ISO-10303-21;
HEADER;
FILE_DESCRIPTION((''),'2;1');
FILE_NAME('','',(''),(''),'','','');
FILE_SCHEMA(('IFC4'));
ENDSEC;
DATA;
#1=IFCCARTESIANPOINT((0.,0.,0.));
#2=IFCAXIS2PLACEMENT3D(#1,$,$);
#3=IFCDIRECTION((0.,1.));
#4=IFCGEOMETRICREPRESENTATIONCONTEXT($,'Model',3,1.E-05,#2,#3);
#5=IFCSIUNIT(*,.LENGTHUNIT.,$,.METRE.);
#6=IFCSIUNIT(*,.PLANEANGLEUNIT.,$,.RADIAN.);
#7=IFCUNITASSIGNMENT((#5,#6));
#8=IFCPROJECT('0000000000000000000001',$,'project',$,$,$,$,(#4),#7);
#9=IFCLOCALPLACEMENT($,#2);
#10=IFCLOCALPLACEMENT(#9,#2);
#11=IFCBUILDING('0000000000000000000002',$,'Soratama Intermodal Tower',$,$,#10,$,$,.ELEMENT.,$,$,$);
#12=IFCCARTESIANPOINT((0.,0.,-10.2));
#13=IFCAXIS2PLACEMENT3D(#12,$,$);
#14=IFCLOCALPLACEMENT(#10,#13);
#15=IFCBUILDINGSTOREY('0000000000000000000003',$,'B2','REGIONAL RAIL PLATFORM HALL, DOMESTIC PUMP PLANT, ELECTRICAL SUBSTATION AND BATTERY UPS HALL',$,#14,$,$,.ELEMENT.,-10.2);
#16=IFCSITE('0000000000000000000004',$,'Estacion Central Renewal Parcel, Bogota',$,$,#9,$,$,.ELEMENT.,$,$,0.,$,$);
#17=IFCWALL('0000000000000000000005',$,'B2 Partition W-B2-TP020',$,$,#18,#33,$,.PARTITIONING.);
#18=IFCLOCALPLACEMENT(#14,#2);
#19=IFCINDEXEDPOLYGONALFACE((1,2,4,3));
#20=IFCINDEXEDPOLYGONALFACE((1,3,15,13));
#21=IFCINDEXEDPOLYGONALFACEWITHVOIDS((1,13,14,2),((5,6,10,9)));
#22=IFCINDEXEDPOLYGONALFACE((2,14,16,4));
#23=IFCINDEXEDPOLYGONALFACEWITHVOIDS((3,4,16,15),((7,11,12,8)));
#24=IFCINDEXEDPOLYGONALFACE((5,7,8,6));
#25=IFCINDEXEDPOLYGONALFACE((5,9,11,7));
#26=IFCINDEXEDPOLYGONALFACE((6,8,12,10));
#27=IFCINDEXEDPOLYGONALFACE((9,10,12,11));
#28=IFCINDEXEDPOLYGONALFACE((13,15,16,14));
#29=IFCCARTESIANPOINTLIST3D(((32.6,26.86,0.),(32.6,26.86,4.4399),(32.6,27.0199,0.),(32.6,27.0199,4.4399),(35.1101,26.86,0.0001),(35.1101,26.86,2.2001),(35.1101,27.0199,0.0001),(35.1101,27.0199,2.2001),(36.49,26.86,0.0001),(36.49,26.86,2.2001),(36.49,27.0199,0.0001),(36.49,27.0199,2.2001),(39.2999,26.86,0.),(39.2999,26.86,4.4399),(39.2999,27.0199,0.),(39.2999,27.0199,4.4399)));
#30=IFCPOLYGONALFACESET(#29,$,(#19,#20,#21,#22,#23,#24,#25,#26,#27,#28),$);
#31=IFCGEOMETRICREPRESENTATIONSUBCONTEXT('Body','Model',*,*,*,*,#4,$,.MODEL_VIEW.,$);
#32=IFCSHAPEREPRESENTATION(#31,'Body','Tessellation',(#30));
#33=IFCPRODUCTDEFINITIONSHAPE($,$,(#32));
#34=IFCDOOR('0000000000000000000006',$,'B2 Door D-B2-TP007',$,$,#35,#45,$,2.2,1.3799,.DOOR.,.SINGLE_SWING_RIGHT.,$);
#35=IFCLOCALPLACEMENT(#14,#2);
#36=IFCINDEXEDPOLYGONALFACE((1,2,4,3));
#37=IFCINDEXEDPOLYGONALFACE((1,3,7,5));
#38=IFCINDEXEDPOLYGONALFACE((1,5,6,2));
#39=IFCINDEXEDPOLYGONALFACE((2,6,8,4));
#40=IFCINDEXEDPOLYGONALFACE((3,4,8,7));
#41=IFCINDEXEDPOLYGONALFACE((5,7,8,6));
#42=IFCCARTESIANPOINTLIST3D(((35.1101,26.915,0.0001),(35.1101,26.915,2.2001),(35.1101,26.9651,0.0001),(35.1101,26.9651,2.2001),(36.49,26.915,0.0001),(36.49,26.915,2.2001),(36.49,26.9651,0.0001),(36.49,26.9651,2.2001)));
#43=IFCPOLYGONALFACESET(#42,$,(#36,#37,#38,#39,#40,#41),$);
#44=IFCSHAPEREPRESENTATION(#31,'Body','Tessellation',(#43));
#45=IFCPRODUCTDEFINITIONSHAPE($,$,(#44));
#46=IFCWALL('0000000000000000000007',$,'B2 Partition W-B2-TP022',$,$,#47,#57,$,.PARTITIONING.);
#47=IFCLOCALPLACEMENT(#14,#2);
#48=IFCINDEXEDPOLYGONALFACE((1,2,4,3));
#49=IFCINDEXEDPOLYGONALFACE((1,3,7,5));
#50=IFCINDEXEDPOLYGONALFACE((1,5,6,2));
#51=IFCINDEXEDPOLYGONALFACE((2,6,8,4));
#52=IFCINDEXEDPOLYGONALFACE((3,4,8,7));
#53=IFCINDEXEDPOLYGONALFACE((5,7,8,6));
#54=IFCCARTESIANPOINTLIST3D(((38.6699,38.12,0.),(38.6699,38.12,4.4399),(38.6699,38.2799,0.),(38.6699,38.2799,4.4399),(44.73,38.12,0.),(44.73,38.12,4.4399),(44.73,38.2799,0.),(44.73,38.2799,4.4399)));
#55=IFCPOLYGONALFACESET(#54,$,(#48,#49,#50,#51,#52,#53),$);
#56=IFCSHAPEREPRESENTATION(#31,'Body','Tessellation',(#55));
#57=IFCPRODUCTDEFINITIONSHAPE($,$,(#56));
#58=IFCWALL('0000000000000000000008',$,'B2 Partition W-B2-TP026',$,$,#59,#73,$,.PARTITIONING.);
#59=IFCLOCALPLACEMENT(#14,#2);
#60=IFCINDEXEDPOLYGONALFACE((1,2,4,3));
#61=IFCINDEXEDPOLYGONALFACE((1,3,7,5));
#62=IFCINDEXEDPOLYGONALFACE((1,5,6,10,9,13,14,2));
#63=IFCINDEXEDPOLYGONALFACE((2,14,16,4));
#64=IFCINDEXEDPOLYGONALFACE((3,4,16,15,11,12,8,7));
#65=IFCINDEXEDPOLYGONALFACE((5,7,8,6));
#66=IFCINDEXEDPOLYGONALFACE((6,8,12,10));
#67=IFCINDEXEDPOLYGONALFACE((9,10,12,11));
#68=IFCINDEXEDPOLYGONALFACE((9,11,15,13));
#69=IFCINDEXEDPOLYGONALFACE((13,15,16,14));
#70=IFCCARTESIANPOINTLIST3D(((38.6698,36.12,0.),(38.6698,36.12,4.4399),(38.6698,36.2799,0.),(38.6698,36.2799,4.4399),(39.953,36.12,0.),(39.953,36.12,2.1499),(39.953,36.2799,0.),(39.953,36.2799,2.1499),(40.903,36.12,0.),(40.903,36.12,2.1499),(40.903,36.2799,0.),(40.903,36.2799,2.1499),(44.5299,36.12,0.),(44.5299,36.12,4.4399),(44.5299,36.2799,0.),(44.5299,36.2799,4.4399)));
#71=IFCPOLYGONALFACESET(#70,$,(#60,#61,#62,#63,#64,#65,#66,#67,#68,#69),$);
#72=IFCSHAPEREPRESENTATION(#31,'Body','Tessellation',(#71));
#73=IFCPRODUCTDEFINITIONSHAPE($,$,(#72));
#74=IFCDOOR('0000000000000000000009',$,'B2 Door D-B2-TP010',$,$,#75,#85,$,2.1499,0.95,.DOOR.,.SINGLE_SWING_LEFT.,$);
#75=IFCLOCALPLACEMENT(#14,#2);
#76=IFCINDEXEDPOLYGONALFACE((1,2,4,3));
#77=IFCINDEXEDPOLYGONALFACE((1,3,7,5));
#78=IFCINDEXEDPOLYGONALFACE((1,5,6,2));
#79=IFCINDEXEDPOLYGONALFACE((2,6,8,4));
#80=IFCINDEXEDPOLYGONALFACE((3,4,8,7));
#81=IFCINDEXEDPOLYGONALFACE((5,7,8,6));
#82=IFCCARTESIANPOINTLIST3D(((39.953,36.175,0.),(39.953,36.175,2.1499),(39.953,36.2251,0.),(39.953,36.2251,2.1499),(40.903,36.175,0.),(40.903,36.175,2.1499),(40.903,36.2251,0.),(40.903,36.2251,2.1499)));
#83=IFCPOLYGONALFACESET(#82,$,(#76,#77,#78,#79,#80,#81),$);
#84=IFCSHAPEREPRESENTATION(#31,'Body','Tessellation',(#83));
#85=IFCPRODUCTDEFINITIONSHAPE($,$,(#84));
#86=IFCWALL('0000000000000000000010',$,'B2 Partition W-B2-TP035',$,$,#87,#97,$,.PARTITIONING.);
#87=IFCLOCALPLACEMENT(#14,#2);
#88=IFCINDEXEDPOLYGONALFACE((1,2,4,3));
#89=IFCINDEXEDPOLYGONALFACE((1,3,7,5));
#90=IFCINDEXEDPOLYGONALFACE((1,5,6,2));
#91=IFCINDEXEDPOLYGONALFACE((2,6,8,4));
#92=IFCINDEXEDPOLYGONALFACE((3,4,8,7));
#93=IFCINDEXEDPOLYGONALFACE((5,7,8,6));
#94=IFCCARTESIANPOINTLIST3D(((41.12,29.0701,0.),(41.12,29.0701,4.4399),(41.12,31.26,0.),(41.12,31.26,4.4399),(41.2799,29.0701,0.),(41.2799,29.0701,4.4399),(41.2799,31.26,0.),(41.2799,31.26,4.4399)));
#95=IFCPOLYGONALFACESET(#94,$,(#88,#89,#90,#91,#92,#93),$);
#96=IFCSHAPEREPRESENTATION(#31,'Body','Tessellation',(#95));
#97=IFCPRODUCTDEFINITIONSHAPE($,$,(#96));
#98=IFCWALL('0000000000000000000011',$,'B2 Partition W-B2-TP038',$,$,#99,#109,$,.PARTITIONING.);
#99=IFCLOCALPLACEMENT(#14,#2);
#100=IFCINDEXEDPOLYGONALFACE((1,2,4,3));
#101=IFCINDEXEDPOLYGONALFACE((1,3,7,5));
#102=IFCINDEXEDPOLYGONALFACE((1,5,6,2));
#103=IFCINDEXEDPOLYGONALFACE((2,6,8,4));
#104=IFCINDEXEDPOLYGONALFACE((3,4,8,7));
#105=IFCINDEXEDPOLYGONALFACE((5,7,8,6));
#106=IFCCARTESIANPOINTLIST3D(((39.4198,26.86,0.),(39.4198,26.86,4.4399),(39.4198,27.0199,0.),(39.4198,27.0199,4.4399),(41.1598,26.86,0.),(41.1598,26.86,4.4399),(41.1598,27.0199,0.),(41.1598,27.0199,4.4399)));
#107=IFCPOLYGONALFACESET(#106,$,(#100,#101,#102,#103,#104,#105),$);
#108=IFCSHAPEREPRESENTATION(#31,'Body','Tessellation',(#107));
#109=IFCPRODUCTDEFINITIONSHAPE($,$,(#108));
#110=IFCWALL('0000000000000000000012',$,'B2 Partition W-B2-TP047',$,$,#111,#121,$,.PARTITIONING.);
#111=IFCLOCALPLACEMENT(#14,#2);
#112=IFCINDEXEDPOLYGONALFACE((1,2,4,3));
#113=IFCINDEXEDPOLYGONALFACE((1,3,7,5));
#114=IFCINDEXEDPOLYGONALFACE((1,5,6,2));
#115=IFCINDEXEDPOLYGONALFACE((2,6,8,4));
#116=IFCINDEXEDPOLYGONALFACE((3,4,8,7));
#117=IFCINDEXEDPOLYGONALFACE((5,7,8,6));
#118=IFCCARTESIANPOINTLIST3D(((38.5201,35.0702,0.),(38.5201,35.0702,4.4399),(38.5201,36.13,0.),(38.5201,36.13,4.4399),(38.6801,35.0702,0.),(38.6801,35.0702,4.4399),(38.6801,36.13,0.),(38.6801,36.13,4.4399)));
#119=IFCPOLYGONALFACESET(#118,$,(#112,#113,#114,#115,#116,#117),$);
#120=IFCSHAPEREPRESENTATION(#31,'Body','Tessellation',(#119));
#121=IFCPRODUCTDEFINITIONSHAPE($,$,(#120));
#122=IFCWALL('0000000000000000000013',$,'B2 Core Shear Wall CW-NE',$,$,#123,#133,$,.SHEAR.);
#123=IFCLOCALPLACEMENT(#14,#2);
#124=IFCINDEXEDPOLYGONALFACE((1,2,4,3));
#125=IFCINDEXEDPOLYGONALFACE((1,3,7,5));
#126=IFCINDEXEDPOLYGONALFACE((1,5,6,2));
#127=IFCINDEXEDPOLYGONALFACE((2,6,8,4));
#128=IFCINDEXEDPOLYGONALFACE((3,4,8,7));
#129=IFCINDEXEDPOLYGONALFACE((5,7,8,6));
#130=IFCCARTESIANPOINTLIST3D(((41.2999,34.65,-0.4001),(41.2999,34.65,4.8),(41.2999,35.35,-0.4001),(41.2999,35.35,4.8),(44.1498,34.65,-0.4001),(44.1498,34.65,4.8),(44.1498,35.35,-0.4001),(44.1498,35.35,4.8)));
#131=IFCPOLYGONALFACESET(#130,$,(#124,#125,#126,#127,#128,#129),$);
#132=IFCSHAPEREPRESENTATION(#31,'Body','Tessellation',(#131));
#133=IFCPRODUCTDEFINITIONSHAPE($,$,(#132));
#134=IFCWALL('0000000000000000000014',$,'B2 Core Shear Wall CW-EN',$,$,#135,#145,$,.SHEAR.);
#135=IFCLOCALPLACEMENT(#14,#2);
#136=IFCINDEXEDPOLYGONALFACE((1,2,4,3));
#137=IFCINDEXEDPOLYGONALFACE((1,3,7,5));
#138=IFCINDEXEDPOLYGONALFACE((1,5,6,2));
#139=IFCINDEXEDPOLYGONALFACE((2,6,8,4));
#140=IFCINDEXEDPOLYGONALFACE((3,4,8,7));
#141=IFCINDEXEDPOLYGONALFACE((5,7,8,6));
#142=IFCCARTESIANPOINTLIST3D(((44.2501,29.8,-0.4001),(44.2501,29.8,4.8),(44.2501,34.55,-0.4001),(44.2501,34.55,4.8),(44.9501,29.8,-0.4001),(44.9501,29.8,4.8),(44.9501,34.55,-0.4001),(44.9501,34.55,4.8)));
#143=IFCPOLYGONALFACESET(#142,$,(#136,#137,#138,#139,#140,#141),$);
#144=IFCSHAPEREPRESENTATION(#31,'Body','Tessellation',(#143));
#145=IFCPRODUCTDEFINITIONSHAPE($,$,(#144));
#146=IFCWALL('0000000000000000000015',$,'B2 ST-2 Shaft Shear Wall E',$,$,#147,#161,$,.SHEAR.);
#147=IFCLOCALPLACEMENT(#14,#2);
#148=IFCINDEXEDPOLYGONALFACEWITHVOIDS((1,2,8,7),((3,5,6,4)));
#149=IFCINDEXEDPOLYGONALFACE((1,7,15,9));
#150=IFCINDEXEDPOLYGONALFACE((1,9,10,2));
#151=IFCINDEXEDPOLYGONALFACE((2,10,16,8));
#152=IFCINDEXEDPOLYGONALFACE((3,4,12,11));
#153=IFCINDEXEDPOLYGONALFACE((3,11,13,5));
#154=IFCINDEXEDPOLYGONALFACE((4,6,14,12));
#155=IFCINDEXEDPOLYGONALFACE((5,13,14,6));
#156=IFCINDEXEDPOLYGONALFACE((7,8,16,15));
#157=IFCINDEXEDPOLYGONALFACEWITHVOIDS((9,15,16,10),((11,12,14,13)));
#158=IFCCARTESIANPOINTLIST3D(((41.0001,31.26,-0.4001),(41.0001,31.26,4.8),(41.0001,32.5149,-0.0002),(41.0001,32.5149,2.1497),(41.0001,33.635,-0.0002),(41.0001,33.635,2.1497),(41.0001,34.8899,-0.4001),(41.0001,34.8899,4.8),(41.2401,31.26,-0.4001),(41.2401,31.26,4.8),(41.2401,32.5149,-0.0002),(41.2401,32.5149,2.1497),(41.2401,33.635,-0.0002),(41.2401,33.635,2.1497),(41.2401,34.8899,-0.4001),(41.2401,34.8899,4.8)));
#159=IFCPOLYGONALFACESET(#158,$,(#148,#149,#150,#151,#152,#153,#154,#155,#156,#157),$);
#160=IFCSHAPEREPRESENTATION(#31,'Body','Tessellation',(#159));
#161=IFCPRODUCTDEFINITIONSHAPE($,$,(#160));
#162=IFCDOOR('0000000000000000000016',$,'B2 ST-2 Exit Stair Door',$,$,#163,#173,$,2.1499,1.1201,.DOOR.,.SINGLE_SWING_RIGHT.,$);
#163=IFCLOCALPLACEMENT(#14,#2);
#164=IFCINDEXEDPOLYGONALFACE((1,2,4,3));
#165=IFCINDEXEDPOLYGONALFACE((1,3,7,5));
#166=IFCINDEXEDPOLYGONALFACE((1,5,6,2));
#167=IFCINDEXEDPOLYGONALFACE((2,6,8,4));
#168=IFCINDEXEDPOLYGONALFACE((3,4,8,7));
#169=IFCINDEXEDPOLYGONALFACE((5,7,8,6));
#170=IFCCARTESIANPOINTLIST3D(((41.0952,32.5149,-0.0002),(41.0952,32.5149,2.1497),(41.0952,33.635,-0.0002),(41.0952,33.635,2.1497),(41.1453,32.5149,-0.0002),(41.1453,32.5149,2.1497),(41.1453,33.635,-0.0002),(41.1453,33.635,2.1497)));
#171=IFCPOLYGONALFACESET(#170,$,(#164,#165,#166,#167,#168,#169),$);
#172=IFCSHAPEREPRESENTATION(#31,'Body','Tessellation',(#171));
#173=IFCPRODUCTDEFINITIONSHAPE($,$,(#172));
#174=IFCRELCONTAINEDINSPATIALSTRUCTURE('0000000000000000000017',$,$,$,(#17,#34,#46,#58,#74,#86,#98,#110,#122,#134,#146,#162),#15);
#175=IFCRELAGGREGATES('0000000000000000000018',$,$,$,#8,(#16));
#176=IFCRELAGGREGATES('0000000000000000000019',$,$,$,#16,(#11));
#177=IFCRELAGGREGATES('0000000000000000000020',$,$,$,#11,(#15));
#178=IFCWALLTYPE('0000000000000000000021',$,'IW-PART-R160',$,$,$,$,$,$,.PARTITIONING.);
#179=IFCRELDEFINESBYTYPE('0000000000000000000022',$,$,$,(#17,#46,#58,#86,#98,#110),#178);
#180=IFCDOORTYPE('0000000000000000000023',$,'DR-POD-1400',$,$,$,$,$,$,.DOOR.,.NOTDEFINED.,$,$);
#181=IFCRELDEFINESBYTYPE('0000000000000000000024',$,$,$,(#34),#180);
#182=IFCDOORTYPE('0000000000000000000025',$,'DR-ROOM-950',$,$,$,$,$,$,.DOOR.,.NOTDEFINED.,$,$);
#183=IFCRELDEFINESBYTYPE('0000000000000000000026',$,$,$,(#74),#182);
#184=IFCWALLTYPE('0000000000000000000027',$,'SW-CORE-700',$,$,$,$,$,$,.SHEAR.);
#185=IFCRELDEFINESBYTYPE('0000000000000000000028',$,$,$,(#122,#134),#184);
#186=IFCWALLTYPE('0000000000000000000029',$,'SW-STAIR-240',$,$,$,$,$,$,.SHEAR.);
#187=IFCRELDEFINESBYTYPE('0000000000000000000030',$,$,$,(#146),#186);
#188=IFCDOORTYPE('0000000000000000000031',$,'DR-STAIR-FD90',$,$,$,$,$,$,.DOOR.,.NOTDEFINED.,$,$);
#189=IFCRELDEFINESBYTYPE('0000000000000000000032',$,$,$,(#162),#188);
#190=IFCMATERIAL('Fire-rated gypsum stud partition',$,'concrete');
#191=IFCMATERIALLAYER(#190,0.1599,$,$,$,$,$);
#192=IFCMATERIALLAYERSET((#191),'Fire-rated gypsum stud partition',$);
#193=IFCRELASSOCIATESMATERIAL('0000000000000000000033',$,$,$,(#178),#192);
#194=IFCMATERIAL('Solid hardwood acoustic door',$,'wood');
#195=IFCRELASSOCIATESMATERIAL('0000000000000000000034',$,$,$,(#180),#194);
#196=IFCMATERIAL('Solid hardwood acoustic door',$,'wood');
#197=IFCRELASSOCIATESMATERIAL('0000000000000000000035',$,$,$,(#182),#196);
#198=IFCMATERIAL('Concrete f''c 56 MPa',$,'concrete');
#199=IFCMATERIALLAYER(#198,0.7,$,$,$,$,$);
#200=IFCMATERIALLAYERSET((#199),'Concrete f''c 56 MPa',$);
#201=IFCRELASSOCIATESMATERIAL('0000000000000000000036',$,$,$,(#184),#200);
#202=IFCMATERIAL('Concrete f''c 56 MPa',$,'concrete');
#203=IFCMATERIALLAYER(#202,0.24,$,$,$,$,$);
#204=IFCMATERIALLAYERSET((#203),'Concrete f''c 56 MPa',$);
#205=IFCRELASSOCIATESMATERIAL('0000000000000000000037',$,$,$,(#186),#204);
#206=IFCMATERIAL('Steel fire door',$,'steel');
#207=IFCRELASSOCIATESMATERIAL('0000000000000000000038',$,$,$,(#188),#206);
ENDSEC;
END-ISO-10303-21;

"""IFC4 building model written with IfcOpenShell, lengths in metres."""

from ifc_helpers import new_model, si_unit, direction, frame, frame_2d, origin, place, context, subcontext, project, spatial, rectangle, extrude, material, layer, layer_set, type_object, element, fill, save


model = new_model("IFC4")

# Units and contexts
model_context = context("Model", 3, precision=1e-05, world=origin(), true_north=direction((0.0, 1.0)))
body_context = subcontext(model_context, "Body", "Model", "MODEL_VIEW")
ifc_project = project(units=[si_unit("LENGTHUNIT", "METRE"), si_unit("PLANEANGLEUNIT", "RADIAN")], contexts=[model_context])

# Site, building, storey
site_placement = place(None, origin())
site = spatial("IfcSite", under=ifc_project, at=site_placement, Name="Estacion Central Renewal Parcel, Bogota", CompositionType="ELEMENT", RefElevation=0.0)
building_placement = place(site_placement, origin())
building = spatial("IfcBuilding", under=site, at=building_placement, Name="Soratama Intermodal Tower", CompositionType="ELEMENT")
storey_placement = place(building_placement, frame((0.0, 0.0, -10.2)))
storey = spatial("IfcBuildingStorey", under=building, at=storey_placement, Name="B2", Description="REGIONAL RAIL PLATFORM HALL, DOMESTIC PUMP PLANT, ELECTRICAL SUBSTATION AND BATTERY UPS HALL", CompositionType="ELEMENT", Elevation=-10.2)

# Shared definitions
ifc_material_1 = material(Name="Fire-rated gypsum stud partition", Category="concrete")
ifc_layer_1 = layer(ifc_material_1, 0.1599)
ifc_layer_set_1 = layer_set([ifc_layer_1], Name="Fire-rated gypsum stud partition")
wall_type_1 = type_object("IfcWallType", Name="IW-PART-R160", PredefinedType="PARTITIONING", material=ifc_layer_set_1)

# Wall, opening, door
ifc_material_2 = material(Name="Solid hardwood acoustic door", Category="wood")
door_type_1 = type_object("IfcDoorType", Name="DR-POD-1400", OperationType="NOTDEFINED", PredefinedType="DOOR", material=ifc_material_2)
wall_1_placement = place(storey_placement, frame((39.3, 26.9399, 0.0), z_axis=(0.0, 0.0, 1.0), x_axis=(-1.0, 0.0, 0.0)))
wall_1 = element("IfcWall", 1, at=wall_1_placement, inside=storey, type_object=wall_type_1, Name="B2 Partition W-B2-TP020", PredefinedType="PARTITIONING", context=body_context, shape_type="SweptSolid", body=[
    extrude(rectangle(XDim=6.7, YDim=0.1599, at=frame_2d((3.3501, 0.0))), origin(), (0.0, 0.0, 1.0), 4.4399),
])
opening_1_placement = place(wall_1_placement, frame((2.8101, 0.0, 0.0)))
opening_1 = element("IfcOpeningElement", 2, at=opening_1_placement, cuts=wall_1, PredefinedType="OPENING", context=body_context, shape_type="SweptSolid", body=[
    extrude(rectangle(XDim=1.3799, YDim=2.2, at=frame_2d((0.6899, 1.1001))), frame((0.0, 0.0898, 0.0), z_axis=(0.0, -1.0, 0.0), x_axis=(1.0, 0.0, 0.0)), (0.0, 0.0, 1.0), 0.1799),
])
door_1_placement = place(opening_1_placement, origin())
door_1 = element("IfcDoor", 3, at=door_1_placement, inside=storey, type_object=door_type_1, Name="B2 Door D-B2-TP007", OperationType="SINGLE_SWING_RIGHT", OverallHeight=2.2, OverallWidth=1.3799, PredefinedType="DOOR", context=body_context, shape_type="SweptSolid", body=[
    extrude(rectangle(XDim=1.3799, YDim=2.2, at=frame_2d((0.6899, 1.1001))), frame((0.0, 0.0249, 0.0), z_axis=(0.0, -1.0, 0.0), x_axis=(1.0, 0.0, 0.0)), (0.0, 0.0, 1.0), 0.05),
])
fill(opening_1, door_1)

# Wall
wall_2_placement = place(storey_placement, frame((38.6699, 38.2, 0.0), z_axis=(0.0, 0.0, 1.0), x_axis=(1.0, 0.0, 0.0)))
element("IfcWall", 4, at=wall_2_placement, inside=storey, type_object=wall_type_1, Name="B2 Partition W-B2-TP022", PredefinedType="PARTITIONING", context=body_context, shape_type="SweptSolid", body=[
    extrude(rectangle(XDim=6.0601, YDim=0.1599, at=frame_2d((3.03, 0.0))), origin(), (0.0, 0.0, 1.0), 4.4399),
])

# Wall, opening, door
wall_3_placement = place(storey_placement, frame((44.53, 36.2, 0.0), z_axis=(0.0, 0.0, 1.0), x_axis=(-1.0, 0.0, 0.0)))
wall_3 = element("IfcWall", 5, at=wall_3_placement, inside=storey, type_object=wall_type_1, Name="B2 Partition W-B2-TP026", PredefinedType="PARTITIONING", context=body_context, shape_type="SweptSolid", body=[
    extrude(rectangle(XDim=5.8601, YDim=0.1599, at=frame_2d((2.9302, 0.0))), origin(), (0.0, 0.0, 1.0), 4.4399),
])
opening_2_placement = place(wall_3_placement, frame((3.627, 0.0, 0.0)))
opening_2 = element("IfcOpeningElement", 6, at=opening_2_placement, cuts=wall_3, PredefinedType="OPENING", context=body_context, shape_type="SweptSolid", body=[
    extrude(rectangle(XDim=0.95, YDim=2.1499, at=frame_2d((0.4751, 1.075))), frame((0.0, 0.0898, 0.0), z_axis=(0.0, -1.0, 0.0), x_axis=(1.0, 0.0, 0.0)), (0.0, 0.0, 1.0), 0.1799),
])
ifc_material_3 = material(Name="Solid hardwood acoustic door", Category="wood")
door_type_2 = type_object("IfcDoorType", Name="DR-ROOM-950", OperationType="NOTDEFINED", PredefinedType="DOOR", material=ifc_material_3)
door_2_placement = place(opening_2_placement, origin())
door_2 = element("IfcDoor", 7, at=door_2_placement, inside=storey, type_object=door_type_2, Name="B2 Door D-B2-TP010", OperationType="SINGLE_SWING_LEFT", OverallHeight=2.1499, OverallWidth=0.95, PredefinedType="DOOR", context=body_context, shape_type="SweptSolid", body=[
    extrude(rectangle(XDim=0.95, YDim=2.1499, at=frame_2d((0.4751, 1.075))), frame((0.0, 0.0249, 0.0), z_axis=(0.0, -1.0, 0.0), x_axis=(1.0, 0.0, 0.0)), (0.0, 0.0, 1.0), 0.05),
])
fill(opening_2, door_2)

# Walls
wall_4_placement = place(storey_placement, frame((41.2, 29.0701, 0.0), z_axis=(0.0, 0.0, 1.0), x_axis=(0.0, 1.0, 0.0)))
element("IfcWall", 8, at=wall_4_placement, inside=storey, type_object=wall_type_1, Name="B2 Partition W-B2-TP035", PredefinedType="PARTITIONING", context=body_context, shape_type="SweptSolid", body=[
    extrude(rectangle(XDim=2.1899, YDim=0.1599, at=frame_2d((1.095, 0.0))), origin(), (0.0, 0.0, 1.0), 4.4399),
])
wall_5_placement = place(storey_placement, frame((41.1599, 26.9399, 0.0), z_axis=(0.0, 0.0, 1.0), x_axis=(-1.0, 0.0, 0.0)))
element("IfcWall", 9, at=wall_5_placement, inside=storey, type_object=wall_type_1, Name="B2 Partition W-B2-TP038", PredefinedType="PARTITIONING", context=body_context, shape_type="SweptSolid", body=[
    extrude(rectangle(XDim=1.74, YDim=0.1599, at=frame_2d((0.8701, 0.0))), origin(), (0.0, 0.0, 1.0), 4.4399),
])
wall_6_placement = place(storey_placement, frame((38.6001, 36.1299, 0.0), z_axis=(0.0, 0.0, 1.0), x_axis=(0.0, -1.0, 0.0)))
element("IfcWall", 10, at=wall_6_placement, inside=storey, type_object=wall_type_1, Name="B2 Partition W-B2-TP047", PredefinedType="PARTITIONING", context=body_context, shape_type="SweptSolid", body=[
    extrude(rectangle(XDim=1.0598, YDim=0.1599, at=frame_2d((0.5298, 0.0))), origin(), (0.0, 0.0, 1.0), 4.4399),
])
ifc_material_4 = material(Name="Concrete f'c 56 MPa", Category="concrete")
ifc_layer_2 = layer(ifc_material_4, 0.7)
ifc_layer_set_2 = layer_set([ifc_layer_2], Name="Concrete f'c 56 MPa")
wall_type_2 = type_object("IfcWallType", Name="SW-CORE-700", PredefinedType="SHEAR", material=ifc_layer_set_2)
wall_7_placement = place(storey_placement, frame((41.3, 35.0, -0.4001), z_axis=(0.0, 0.0, 1.0), x_axis=(1.0, 0.0, 0.0)))
element("IfcWall", 11, at=wall_7_placement, inside=storey, type_object=wall_type_2, Name="B2 Core Shear Wall CW-NE", PredefinedType="SHEAR", context=body_context, shape_type="SweptSolid", body=[
    extrude(rectangle(XDim=2.8499, YDim=0.7, at=frame_2d((1.4248, 0.0))), origin(), (0.0, 0.0, 1.0), 5.2002),
])
wall_8_placement = place(storey_placement, frame((44.6001, 29.8, -0.4001), z_axis=(0.0, 0.0, 1.0), x_axis=(0.0, 1.0, 0.0)))
element("IfcWall", 12, at=wall_8_placement, inside=storey, type_object=wall_type_2, Name="B2 Core Shear Wall CW-EN", PredefinedType="SHEAR", context=body_context, shape_type="SweptSolid", body=[
    extrude(rectangle(XDim=4.75, YDim=0.7, at=frame_2d((2.375, 0.0))), origin(), (0.0, 0.0, 1.0), 5.2002),
])

# Wall, opening, door
ifc_material_5 = material(Name="Concrete f'c 56 MPa", Category="concrete")
ifc_layer_3 = layer(ifc_material_5, 0.24)
ifc_layer_set_3 = layer_set([ifc_layer_3], Name="Concrete f'c 56 MPa")
wall_type_3 = type_object("IfcWallType", Name="SW-STAIR-240", PredefinedType="SHEAR", material=ifc_layer_set_3)
wall_9_placement = place(storey_placement, frame((41.1201, 31.26, -0.4001), z_axis=(0.0, 0.0, 1.0), x_axis=(0.0, 1.0, 0.0)))
wall_9 = element("IfcWall", 13, at=wall_9_placement, inside=storey, type_object=wall_type_3, Name="B2 ST-2 Shaft Shear Wall E", PredefinedType="SHEAR", context=body_context, shape_type="SweptSolid", body=[
    extrude(rectangle(XDim=3.6299, YDim=0.24, at=frame_2d((1.8149, 0.0))), origin(), (0.0, 0.0, 1.0), 5.2002),
])
opening_3_placement = place(wall_9_placement, frame((1.2549, 0.0, 0.3999)))
opening_3 = element("IfcOpeningElement", 14, at=opening_3_placement, cuts=wall_9, PredefinedType="OPENING", context=body_context, shape_type="SweptSolid", body=[
    extrude(rectangle(XDim=1.1201, YDim=2.1499, at=frame_2d((0.5601, 1.075))), frame((0.0, 0.1299, 0.0), z_axis=(0.0, -1.0, 0.0), x_axis=(1.0, 0.0, 0.0)), (0.0, 0.0, 1.0), 0.26),
])
ifc_material_6 = material(Name="Steel fire door", Category="steel")
door_type_3 = type_object("IfcDoorType", Name="DR-STAIR-FD90", OperationType="NOTDEFINED", PredefinedType="DOOR", material=ifc_material_6)
door_3_placement = place(opening_3_placement, origin())
door_3 = element("IfcDoor", 15, at=door_3_placement, inside=storey, type_object=door_type_3, Name="B2 ST-2 Exit Stair Door", OperationType="SINGLE_SWING_RIGHT", OverallHeight=2.1499, OverallWidth=1.1201, PredefinedType="DOOR", context=body_context, shape_type="SweptSolid", body=[
    extrude(rectangle(XDim=1.1201, YDim=2.1499, at=frame_2d((0.5601, 1.075))), frame((0.0, 0.0249, 0.0), z_axis=(0.0, -1.0, 0.0), x_axis=(1.0, 0.0, 0.0)), (0.0, 0.0, 1.0), 0.05),
])
fill(opening_3, door_3)

save(model, "model.ifc")
